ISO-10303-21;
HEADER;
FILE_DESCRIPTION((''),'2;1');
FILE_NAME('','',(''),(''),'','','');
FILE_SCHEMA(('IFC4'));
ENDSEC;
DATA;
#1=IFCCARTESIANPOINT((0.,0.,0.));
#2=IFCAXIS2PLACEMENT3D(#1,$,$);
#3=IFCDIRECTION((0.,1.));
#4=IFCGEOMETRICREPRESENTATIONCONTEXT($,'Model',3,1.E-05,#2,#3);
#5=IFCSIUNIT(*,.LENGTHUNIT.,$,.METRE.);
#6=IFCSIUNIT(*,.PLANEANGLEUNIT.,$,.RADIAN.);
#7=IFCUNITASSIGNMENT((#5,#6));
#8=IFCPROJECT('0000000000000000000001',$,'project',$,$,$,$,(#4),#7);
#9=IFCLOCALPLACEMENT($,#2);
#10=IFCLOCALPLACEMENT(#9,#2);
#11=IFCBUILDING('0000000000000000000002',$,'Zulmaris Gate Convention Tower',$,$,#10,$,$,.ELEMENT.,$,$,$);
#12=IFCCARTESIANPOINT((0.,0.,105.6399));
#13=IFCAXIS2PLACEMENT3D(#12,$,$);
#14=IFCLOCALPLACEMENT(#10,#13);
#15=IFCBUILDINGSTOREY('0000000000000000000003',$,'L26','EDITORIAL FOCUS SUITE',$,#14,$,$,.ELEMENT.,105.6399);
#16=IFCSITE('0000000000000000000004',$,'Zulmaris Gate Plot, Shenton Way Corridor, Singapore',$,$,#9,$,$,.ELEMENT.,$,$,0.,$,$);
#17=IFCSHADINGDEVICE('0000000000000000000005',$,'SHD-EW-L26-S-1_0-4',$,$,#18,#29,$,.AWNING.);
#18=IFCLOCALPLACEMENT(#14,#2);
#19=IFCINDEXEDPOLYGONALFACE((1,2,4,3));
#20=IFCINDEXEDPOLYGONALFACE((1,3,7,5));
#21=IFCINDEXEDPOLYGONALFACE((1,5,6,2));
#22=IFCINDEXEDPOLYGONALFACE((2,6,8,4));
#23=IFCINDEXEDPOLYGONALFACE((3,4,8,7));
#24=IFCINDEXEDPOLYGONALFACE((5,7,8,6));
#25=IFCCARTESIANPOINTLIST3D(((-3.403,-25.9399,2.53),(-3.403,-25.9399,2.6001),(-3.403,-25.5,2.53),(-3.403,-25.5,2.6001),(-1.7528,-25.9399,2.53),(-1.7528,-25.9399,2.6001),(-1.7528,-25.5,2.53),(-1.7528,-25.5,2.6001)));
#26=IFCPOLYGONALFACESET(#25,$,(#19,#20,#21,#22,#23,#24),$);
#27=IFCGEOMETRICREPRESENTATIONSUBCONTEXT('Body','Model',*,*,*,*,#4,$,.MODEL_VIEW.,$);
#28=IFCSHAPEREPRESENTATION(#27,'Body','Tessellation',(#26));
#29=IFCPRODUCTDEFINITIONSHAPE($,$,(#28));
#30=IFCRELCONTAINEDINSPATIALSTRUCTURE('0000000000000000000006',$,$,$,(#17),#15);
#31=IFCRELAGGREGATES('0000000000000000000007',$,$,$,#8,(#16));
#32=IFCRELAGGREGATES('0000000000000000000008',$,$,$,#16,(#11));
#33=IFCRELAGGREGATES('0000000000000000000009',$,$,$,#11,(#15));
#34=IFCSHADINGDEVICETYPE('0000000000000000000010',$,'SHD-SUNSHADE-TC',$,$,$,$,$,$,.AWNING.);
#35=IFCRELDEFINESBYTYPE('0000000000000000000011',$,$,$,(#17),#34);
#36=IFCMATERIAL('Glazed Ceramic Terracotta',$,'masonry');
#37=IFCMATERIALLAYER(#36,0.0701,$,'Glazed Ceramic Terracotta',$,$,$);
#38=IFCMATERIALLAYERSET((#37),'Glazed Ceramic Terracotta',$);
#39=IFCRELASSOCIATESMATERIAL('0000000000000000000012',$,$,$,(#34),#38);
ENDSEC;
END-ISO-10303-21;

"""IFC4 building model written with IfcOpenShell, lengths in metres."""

from ifc_helpers import new_model, si_unit, direction, frame, frame_2d, origin, place, context, subcontext, project, spatial, rectangle, extrude, material, layer, layer_set, type_object, element, save


model = new_model("IFC4")

# Units and contexts
model_context = context("Model", 3, precision=1e-05, world=origin(), true_north=direction((0.0, 1.0)))
body_context = subcontext(model_context, "Body", "Model", "MODEL_VIEW")
ifc_project = project(units=[si_unit("LENGTHUNIT", "METRE"), si_unit("PLANEANGLEUNIT", "RADIAN")], contexts=[model_context])

# Site, building, storey
site_placement = place(None, origin())
site = spatial("IfcSite", under=ifc_project, at=site_placement, Name="Zulmaris Gate Plot, Shenton Way Corridor, Singapore", CompositionType="ELEMENT", RefElevation=0.0)
building_placement = place(site_placement, origin())
building = spatial("IfcBuilding", under=site, at=building_placement, Name="Zulmaris Gate Convention Tower", CompositionType="ELEMENT")
storey_placement = place(building_placement, frame((0.0, 0.0, 105.6399)))
storey = spatial("IfcBuildingStorey", under=building, at=storey_placement, Name="L26", Description="EDITORIAL FOCUS SUITE", CompositionType="ELEMENT", Elevation=105.6399)

# Shading device
ifc_material_1 = material(Name="Glazed Ceramic Terracotta", Category="masonry")
ifc_layer_1 = layer(ifc_material_1, 0.0701, Name="Glazed Ceramic Terracotta")
ifc_layer_set_1 = layer_set([ifc_layer_1], Name="Glazed Ceramic Terracotta")
shading_device_type = type_object("IfcShadingDeviceType", Name="SHD-SUNSHADE-TC", PredefinedType="AWNING", material=ifc_layer_set_1)
for number, where, z_axis, x_axis, name in (
    (1, (-3.4031, -25.72, 2.53), (0.0, 0.0, 1.0), (1.0, 0.0, 0.0), "SHD-EW-L26-S-1_0-4"),
):
    element("IfcShadingDevice", number, at=place(storey_placement, frame(where, z_axis=z_axis, x_axis=x_axis)), inside=storey, type_object=shading_device_type, Name=name, PredefinedType="AWNING", context=body_context, shape_type="SweptSolid", body=[
        extrude(rectangle(XDim=1.6501, YDim=0.4399, at=frame_2d((0.8252, 0.0))), origin(), (0.0, 0.0, 1.0), 0.0701),
    ])

save(model, "model.ifc")
